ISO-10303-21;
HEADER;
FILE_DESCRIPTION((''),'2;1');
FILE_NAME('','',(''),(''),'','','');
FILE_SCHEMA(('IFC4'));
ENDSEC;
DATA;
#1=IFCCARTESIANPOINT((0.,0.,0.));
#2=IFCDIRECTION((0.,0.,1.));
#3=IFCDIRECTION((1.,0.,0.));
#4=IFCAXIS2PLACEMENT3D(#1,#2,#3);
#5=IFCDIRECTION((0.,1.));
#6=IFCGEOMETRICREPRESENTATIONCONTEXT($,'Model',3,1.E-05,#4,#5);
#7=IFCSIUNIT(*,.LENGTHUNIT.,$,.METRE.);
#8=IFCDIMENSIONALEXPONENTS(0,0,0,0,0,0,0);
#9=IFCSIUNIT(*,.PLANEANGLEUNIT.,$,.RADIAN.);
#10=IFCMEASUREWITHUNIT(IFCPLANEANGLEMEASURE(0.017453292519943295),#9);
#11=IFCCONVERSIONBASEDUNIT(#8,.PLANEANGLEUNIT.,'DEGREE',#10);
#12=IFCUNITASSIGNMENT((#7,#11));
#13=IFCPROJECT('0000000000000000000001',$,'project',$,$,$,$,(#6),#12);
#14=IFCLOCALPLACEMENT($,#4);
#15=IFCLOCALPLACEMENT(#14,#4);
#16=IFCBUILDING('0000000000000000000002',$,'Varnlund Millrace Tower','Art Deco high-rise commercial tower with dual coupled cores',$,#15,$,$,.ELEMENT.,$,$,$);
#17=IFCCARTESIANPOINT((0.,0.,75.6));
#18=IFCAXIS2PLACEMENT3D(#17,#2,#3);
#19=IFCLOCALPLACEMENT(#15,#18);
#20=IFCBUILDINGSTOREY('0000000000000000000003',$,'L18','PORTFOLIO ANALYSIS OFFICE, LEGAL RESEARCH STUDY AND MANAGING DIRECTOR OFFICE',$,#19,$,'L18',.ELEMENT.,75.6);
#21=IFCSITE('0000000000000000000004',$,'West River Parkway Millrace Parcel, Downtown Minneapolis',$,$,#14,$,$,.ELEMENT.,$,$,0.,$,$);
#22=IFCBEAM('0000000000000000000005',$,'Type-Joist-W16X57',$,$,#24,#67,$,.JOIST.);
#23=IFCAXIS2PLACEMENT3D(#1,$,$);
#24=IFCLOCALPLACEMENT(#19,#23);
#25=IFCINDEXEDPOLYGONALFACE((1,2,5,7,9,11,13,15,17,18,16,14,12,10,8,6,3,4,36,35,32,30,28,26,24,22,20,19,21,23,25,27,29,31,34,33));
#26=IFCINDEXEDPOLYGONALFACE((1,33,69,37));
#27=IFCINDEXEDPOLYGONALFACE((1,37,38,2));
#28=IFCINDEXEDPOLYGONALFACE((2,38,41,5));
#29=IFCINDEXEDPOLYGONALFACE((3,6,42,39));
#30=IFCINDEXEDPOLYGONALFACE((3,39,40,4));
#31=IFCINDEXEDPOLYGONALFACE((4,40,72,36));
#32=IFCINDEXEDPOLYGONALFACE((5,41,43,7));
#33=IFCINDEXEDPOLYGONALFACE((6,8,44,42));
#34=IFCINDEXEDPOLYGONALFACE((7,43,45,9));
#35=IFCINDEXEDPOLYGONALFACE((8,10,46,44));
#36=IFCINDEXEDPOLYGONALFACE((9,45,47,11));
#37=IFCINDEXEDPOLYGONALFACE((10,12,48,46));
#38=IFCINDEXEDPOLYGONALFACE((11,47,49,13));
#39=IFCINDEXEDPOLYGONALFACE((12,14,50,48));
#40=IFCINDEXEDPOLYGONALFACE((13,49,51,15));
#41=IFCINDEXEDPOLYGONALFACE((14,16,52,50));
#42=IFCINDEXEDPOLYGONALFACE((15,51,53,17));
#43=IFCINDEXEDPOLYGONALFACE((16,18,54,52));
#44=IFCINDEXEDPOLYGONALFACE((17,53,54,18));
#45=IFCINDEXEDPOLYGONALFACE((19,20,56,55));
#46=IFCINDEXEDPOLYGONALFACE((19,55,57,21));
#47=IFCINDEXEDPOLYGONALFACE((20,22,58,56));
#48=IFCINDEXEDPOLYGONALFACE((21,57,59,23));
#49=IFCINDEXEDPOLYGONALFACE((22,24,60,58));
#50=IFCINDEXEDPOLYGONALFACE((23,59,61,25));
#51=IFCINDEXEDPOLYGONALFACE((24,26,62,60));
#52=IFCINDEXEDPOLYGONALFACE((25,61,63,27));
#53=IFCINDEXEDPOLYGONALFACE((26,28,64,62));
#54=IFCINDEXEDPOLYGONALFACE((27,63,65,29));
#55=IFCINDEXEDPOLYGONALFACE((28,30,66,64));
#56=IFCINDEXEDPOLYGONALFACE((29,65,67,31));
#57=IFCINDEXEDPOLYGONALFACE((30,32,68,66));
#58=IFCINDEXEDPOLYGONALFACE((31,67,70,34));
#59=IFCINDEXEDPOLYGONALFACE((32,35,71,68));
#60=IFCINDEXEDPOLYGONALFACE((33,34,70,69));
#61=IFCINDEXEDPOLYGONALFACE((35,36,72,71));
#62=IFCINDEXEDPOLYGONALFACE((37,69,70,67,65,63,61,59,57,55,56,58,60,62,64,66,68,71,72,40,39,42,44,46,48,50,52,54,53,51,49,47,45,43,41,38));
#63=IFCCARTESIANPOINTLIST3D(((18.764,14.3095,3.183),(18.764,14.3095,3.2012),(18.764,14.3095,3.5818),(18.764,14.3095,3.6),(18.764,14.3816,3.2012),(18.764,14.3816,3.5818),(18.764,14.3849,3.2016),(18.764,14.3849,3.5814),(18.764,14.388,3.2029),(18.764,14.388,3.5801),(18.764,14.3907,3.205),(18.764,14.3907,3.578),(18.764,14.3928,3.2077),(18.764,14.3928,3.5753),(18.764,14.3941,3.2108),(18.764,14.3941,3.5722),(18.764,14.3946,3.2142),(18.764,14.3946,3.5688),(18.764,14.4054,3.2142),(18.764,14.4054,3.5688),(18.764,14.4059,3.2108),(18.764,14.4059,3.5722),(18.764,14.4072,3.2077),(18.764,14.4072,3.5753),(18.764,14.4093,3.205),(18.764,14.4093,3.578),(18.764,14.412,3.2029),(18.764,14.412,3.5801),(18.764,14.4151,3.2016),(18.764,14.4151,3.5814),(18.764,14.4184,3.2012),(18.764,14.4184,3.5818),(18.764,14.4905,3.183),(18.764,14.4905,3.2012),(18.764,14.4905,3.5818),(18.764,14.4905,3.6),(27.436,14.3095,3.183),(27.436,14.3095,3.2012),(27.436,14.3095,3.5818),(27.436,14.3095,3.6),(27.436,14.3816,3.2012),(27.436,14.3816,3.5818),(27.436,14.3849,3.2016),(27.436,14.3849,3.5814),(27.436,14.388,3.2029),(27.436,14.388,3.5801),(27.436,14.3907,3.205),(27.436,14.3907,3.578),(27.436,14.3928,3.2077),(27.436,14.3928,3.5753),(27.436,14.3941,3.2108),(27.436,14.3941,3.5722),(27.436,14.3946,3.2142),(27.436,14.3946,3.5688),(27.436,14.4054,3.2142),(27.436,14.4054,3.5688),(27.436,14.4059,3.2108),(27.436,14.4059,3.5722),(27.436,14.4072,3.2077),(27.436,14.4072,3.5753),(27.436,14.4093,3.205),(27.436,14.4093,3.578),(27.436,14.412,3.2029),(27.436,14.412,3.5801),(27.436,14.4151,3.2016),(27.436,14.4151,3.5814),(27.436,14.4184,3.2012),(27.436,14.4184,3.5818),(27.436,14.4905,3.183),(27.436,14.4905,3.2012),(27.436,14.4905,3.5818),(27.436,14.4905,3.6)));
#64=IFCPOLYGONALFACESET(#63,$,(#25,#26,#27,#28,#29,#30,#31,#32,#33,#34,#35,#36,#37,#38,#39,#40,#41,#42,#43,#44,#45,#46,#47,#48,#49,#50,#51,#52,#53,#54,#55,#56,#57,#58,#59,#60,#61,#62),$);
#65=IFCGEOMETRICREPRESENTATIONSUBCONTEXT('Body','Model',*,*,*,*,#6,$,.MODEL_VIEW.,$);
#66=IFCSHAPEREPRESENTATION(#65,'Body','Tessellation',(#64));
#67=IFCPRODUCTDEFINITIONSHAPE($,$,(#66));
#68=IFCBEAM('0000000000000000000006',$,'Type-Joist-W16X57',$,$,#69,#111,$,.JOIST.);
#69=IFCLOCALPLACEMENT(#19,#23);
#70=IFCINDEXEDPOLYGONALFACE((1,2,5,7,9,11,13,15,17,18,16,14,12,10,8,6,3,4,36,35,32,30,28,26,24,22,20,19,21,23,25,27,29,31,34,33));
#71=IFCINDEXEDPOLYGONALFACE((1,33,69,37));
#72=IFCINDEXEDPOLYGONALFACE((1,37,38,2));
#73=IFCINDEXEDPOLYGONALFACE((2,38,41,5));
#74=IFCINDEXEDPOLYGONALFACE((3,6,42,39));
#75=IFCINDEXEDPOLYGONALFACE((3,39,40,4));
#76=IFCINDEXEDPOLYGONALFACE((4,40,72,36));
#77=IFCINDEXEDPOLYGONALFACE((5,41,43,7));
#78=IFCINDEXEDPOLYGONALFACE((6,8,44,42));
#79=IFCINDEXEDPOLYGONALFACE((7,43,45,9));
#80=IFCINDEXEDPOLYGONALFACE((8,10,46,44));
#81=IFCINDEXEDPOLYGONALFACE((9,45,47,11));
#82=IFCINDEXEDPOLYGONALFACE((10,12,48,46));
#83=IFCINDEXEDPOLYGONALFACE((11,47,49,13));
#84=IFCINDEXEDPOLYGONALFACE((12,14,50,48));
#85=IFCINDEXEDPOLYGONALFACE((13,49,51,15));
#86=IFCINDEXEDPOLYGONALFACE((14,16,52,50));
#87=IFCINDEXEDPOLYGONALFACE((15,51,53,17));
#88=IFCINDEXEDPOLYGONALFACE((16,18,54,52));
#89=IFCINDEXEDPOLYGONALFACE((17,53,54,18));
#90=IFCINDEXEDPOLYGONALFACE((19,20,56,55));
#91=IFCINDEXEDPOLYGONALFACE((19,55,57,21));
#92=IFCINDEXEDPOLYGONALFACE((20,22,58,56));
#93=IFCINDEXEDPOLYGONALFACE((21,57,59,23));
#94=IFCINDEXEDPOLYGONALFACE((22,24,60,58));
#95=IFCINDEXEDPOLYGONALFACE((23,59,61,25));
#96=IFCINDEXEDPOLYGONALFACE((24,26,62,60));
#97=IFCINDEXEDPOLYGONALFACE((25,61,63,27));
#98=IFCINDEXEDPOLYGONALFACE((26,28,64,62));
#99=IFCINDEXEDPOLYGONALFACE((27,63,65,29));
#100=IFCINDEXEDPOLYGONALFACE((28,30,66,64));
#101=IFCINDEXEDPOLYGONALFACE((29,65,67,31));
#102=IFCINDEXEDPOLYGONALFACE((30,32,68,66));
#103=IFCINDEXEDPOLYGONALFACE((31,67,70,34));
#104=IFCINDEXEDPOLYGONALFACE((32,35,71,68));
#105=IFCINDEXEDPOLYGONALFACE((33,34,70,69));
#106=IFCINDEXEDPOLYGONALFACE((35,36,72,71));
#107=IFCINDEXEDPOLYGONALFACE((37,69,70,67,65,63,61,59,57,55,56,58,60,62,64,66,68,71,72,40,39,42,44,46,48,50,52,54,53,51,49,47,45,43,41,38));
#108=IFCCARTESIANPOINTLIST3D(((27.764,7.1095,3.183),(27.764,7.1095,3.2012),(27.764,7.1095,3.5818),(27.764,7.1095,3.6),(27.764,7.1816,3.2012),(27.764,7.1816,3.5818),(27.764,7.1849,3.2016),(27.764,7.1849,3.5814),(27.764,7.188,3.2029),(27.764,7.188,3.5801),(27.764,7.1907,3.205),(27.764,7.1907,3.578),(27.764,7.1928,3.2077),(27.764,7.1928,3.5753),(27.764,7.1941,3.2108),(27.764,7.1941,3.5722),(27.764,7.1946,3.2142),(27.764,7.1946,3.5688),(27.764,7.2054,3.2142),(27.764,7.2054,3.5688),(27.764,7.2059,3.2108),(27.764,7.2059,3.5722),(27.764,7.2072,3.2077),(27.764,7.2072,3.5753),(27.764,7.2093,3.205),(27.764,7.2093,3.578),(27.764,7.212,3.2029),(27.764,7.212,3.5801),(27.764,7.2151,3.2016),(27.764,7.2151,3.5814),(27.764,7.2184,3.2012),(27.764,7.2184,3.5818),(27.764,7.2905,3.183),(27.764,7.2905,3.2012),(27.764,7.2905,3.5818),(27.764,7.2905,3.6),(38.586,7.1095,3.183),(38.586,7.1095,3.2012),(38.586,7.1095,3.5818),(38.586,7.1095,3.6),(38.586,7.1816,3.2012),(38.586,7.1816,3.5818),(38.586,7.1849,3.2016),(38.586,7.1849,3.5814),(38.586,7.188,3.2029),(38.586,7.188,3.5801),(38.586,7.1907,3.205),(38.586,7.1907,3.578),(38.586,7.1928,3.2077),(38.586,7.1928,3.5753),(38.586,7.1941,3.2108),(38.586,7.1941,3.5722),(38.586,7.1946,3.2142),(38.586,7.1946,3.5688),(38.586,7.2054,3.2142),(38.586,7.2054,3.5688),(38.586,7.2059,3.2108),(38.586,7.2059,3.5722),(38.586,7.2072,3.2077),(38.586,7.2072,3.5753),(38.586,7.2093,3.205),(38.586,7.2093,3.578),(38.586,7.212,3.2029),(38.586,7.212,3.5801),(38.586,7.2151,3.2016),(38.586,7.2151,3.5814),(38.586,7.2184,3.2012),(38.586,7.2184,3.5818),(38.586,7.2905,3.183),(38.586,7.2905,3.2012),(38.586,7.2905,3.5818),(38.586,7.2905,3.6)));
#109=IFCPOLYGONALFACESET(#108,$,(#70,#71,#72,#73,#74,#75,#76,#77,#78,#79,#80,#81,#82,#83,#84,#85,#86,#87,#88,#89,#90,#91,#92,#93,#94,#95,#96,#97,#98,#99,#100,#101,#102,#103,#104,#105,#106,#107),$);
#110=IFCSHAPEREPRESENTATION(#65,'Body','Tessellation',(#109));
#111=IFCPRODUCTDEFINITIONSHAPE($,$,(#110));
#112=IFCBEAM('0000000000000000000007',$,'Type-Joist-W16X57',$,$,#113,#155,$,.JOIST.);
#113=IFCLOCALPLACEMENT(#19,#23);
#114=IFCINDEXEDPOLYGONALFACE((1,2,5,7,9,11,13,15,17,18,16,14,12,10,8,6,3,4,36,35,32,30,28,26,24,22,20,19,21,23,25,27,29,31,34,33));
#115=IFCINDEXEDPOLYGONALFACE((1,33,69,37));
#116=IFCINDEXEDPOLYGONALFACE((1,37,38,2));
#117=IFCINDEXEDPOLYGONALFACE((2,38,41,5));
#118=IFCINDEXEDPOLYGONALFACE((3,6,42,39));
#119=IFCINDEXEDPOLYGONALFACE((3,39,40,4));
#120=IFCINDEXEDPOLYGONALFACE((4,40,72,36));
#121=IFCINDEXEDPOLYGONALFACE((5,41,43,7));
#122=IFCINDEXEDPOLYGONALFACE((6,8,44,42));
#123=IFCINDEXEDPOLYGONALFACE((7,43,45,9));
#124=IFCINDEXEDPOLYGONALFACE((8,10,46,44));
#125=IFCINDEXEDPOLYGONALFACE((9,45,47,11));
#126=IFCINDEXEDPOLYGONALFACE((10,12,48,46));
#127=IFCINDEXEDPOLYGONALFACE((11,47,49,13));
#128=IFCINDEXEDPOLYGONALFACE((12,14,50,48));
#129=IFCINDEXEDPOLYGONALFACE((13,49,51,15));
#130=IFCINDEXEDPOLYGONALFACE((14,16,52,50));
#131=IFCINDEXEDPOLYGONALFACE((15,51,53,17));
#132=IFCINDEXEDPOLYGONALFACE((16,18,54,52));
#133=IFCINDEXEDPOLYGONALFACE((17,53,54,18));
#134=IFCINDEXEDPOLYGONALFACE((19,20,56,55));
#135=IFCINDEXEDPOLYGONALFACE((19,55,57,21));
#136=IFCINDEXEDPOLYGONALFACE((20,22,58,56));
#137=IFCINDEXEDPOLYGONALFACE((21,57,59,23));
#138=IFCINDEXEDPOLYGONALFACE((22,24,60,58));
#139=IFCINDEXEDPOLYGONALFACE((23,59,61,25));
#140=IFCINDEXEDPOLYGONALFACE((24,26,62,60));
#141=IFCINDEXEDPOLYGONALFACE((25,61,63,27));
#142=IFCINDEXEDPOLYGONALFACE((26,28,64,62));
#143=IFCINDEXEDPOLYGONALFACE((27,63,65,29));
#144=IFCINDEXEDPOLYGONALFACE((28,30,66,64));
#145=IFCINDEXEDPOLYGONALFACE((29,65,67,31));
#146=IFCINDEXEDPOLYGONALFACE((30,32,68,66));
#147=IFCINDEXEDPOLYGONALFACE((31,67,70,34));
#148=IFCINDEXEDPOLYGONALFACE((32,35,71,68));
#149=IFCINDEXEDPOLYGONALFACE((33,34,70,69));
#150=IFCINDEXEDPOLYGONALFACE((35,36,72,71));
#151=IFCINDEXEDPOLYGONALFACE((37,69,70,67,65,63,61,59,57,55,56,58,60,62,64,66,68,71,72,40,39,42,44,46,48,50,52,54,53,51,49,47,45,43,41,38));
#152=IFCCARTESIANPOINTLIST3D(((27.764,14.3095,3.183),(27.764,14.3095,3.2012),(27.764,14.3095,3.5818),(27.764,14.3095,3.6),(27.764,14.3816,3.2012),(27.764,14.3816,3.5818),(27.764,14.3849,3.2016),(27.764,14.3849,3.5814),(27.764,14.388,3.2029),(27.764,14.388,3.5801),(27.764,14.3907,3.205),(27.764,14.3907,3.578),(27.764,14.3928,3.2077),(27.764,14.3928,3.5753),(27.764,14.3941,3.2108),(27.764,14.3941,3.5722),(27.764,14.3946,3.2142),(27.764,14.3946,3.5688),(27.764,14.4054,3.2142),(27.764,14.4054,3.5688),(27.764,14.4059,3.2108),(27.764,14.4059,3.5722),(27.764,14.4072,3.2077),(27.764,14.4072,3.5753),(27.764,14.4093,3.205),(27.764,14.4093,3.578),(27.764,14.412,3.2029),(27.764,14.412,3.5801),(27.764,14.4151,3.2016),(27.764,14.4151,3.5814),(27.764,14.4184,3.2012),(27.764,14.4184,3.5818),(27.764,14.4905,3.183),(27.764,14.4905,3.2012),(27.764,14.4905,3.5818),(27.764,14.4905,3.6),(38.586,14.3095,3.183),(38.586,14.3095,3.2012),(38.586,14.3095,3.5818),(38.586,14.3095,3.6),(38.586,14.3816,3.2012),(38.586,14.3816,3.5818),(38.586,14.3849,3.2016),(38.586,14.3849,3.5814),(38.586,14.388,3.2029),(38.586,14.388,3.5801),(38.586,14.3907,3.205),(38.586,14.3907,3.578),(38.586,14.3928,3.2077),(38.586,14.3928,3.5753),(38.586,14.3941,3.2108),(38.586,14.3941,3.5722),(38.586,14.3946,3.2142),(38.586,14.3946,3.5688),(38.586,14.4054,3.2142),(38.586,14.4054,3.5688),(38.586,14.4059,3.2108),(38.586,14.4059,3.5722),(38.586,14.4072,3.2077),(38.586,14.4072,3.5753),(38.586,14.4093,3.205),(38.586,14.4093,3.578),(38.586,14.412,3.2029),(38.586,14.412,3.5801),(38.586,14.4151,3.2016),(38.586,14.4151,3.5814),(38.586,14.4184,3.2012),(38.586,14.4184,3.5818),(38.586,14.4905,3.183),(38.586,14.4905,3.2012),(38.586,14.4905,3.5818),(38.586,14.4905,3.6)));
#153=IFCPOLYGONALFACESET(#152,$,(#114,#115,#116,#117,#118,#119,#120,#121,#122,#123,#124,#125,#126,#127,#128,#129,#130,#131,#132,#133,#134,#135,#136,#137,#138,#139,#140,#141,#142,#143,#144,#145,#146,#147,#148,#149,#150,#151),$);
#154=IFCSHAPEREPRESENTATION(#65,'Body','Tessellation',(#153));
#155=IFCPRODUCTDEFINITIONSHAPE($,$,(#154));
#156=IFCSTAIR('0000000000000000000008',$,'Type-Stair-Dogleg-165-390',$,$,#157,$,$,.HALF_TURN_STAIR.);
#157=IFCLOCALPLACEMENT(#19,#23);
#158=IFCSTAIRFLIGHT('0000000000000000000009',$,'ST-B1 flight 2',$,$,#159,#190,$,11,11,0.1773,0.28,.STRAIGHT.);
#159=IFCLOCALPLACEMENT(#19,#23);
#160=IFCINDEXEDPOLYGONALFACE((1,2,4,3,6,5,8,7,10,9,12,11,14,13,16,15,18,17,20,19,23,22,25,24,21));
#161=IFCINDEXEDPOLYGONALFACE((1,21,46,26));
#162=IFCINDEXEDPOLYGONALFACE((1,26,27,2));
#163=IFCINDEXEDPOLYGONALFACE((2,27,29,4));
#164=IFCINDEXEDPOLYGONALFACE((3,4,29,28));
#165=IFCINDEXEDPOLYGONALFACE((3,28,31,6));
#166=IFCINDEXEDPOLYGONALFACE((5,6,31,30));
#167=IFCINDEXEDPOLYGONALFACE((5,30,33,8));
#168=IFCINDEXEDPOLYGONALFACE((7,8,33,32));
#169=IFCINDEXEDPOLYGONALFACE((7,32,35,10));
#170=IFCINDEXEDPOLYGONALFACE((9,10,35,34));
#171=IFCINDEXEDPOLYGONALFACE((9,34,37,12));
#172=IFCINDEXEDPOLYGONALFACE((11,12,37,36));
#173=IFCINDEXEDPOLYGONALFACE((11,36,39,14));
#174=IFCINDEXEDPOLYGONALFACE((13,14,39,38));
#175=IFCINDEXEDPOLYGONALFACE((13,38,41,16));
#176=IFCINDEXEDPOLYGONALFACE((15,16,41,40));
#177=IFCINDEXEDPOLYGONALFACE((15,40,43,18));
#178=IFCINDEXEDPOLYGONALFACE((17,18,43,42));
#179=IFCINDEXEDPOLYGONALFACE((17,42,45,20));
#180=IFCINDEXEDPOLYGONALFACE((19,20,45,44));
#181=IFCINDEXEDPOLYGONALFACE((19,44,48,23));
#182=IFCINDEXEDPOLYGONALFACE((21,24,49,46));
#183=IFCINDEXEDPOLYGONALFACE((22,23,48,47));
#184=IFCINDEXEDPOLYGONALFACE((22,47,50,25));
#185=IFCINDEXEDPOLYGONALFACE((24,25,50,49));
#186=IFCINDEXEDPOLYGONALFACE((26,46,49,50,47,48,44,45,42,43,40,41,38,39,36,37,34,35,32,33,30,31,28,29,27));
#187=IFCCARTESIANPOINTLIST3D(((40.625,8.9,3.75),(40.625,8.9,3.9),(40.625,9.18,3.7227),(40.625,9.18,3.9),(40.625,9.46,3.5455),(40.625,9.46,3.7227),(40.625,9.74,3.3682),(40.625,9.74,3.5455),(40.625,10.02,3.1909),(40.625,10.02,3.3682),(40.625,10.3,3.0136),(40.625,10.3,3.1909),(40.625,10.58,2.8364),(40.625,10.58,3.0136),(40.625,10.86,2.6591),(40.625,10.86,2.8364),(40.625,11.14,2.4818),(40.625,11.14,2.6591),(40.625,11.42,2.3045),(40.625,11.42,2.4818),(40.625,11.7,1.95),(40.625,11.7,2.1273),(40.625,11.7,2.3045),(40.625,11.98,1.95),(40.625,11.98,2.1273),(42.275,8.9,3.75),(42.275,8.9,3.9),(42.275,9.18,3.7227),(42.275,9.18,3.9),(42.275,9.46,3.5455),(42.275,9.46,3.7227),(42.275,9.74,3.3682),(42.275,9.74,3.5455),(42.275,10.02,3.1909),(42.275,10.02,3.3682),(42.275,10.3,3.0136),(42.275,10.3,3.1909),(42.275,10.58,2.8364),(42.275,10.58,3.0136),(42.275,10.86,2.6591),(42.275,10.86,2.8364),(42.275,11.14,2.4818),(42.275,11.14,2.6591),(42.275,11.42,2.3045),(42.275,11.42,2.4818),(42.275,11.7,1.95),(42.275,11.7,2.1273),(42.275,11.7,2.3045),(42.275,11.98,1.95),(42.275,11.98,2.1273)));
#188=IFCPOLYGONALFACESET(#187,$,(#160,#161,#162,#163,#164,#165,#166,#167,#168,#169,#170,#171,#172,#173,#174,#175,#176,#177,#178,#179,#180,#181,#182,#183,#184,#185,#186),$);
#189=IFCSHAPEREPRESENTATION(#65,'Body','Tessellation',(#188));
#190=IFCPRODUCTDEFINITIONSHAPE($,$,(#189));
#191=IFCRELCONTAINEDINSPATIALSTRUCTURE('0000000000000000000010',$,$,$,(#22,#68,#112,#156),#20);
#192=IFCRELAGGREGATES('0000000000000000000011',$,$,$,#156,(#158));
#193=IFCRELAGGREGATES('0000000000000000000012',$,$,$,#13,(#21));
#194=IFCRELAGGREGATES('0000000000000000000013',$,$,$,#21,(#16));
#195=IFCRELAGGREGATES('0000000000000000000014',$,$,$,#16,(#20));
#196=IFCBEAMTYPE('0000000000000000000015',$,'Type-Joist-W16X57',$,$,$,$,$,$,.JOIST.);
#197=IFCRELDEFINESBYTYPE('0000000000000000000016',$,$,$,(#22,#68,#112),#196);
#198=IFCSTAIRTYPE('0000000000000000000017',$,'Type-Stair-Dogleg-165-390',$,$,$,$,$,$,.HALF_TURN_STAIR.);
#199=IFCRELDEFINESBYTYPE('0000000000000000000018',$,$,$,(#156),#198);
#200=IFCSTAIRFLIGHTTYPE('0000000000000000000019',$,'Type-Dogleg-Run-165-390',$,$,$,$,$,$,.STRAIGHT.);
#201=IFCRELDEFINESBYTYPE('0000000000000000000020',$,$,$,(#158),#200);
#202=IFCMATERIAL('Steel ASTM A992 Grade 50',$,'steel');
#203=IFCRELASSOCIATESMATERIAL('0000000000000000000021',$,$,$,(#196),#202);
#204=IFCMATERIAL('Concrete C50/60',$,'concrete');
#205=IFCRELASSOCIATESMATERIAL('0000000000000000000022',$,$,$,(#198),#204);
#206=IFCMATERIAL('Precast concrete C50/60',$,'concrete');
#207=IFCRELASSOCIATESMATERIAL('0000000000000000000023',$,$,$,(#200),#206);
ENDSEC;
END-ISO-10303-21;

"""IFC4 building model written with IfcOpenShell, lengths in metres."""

from ifc_helpers import new_model, entity, si_unit, converted_unit, direction, frame, origin_with_axes, origin_2d_with_axis, place, context, subcontext, project, spatial, polyline, i_section, outline, extrude, material, material_profile, profile_set, type_object, element, aggregate, save


model = new_model("IFC4")

# Units and contexts
model_context = context("Model", 3, precision=1e-05, world=origin_with_axes(), true_north=direction((0.0, 1.0)))
body_context = subcontext(model_context, "Body", "Model", "MODEL_VIEW")
ifc_project = project(units=[si_unit("LENGTHUNIT", "METRE"), converted_unit("PLANEANGLEUNIT", "DEGREE", entity("IfcPlaneAngleMeasure", 0.017453292519943295), si_unit("PLANEANGLEUNIT", "RADIAN"), dimensions=[0, 0, 0, 0, 0, 0, 0])], contexts=[model_context])

# Site, building, storey
site_placement = place(None, origin_with_axes())
site = spatial("IfcSite", under=ifc_project, at=site_placement, Name="West River Parkway Millrace Parcel, Downtown Minneapolis", CompositionType="ELEMENT", RefElevation=0.0)
building_placement = place(site_placement, origin_with_axes())
building = spatial("IfcBuilding", under=site, at=building_placement, Name="Varnlund Millrace Tower", Description="Art Deco high-rise commercial tower with dual coupled cores", CompositionType="ELEMENT")
storey_placement = place(building_placement, frame((0.0, 0.0, 75.6), z_axis=(0.0, 0.0, 1.0), x_axis=(1.0, 0.0, 0.0)))
storey = spatial("IfcBuildingStorey", under=building, at=storey_placement, Name="L18", Description="PORTFOLIO ANALYSIS OFFICE, LEGAL RESEARCH STUDY AND MANAGING DIRECTOR OFFICE", LongName="L18", CompositionType="ELEMENT", Elevation=75.6)

# Beams
ifc_material_1 = material(Name="Steel ASTM A992 Grade 50", Category="steel")
ifc_material_profile_1 = material_profile(ifc_material_1, i_section(OverallWidth=0.181, OverallDepth=0.417, WebThickness=0.0109, FlangeThickness=0.0182, FilletRadius=0.013, at=origin_2d_with_axis()), Name="Steel ASTM A992 Grade 50")
ifc_profile_set_1 = profile_set([ifc_material_profile_1], Name="Steel ASTM A992 Grade 50")
beam_type_1 = type_object("IfcBeamType", Name="Type-Joist-W16X57", PredefinedType="JOIST", material=ifc_profile_set_1)
for number, where, z_axis, x_axis, name in (
    (1, (18.764, 14.4, 3.3915), (1.0, 0.0, 0.0), (0.0, 1.0, 0.0), "Type-Joist-W16X57"),
):
    element("IfcBeam", number, at=place(storey_placement, frame(where, z_axis=z_axis, x_axis=x_axis)), inside=storey, type_object=beam_type_1, Name=name, PredefinedType="JOIST", context=body_context, shape_type="SweptSolid", body=[
        extrude(i_section(OverallWidth=0.181, OverallDepth=0.417, WebThickness=0.0109, FlangeThickness=0.0182, FilletRadius=0.013, at=origin_2d_with_axis()), origin_with_axes(), (0.0, 0.0, 1.0), 8.672),
    ])
for number, where, z_axis, x_axis, name in (
    (2, (27.764, 7.2, 3.3915), (1.0, 0.0, 0.0), (0.0, 1.0, 0.0), "Type-Joist-W16X57"),
    (3, (27.764, 14.4, 3.3915), (1.0, 0.0, 0.0), (0.0, 1.0, 0.0), "Type-Joist-W16X57"),
):
    element("IfcBeam", number, at=place(storey_placement, frame(where, z_axis=z_axis, x_axis=x_axis)), inside=storey, type_object=beam_type_1, Name=name, PredefinedType="JOIST", context=body_context, shape_type="SweptSolid", body=[
        extrude(i_section(OverallWidth=0.181, OverallDepth=0.417, WebThickness=0.0109, FlangeThickness=0.0182, FilletRadius=0.013, at=origin_2d_with_axis()), origin_with_axes(), (0.0, 0.0, 1.0), 10.822),
    ])

# Stair, stair flight
ifc_material_2 = material(Name="Concrete C50/60", Category="concrete")
stair_type = type_object("IfcStairType", Name="Type-Stair-Dogleg-165-390", PredefinedType="HALF_TURN_STAIR", material=ifc_material_2)
stair_placement = place(storey_placement, origin_with_axes())
stair = element("IfcStair", 4, at=stair_placement, inside=storey, type_object=stair_type, Name="Type-Stair-Dogleg-165-390", PredefinedType="HALF_TURN_STAIR")
ifc_material_3 = material(Name="Precast concrete C50/60", Category="concrete")
stair_flight_type = type_object("IfcStairFlightType", Name="Type-Dogleg-Run-165-390", PredefinedType="STRAIGHT", material=ifc_material_3)
stair_flight_placement = place(storey_placement, frame((42.275, 11.98, 1.95), z_axis=(-1.0, 0.0, 0.0), x_axis=(0.0, -1.0, 0.0)))
stair_flight = element("IfcStairFlight", 5, at=stair_flight_placement, type_object=stair_flight_type, Name="ST-B1 flight 2", NumberOfRisers=11, NumberOfTreads=11, PredefinedType="STRAIGHT", RiserHeight=0.1773, TreadLength=0.28, context=body_context, shape_type="SweptSolid", body=[
    extrude(outline(polyline([(0.0, 0.0), (0.0, 0.1773), (0.28, 0.1773), (0.28, 0.3545), (0.56, 0.3545), (0.56, 0.5318), (0.84, 0.5318), (0.84, 0.7091), (1.12, 0.7091), (1.12, 0.8864), (1.4, 0.8864), (1.4, 1.0636), (1.68, 1.0636), (1.68, 1.2409), (1.96, 1.2409), (1.96, 1.4182), (2.24, 1.4182), (2.24, 1.5955), (2.52, 1.5955), (2.52, 1.7727), (2.8, 1.7727), (2.8, 1.95), (3.08, 1.95), (3.08, 1.8), (0.28, 0.0), (0.0, 0.0)])), origin_with_axes(), (0.0, 0.0, 1.0), 1.65),
])
aggregate(stair, [stair_flight])

save(model, "model.ifc")
